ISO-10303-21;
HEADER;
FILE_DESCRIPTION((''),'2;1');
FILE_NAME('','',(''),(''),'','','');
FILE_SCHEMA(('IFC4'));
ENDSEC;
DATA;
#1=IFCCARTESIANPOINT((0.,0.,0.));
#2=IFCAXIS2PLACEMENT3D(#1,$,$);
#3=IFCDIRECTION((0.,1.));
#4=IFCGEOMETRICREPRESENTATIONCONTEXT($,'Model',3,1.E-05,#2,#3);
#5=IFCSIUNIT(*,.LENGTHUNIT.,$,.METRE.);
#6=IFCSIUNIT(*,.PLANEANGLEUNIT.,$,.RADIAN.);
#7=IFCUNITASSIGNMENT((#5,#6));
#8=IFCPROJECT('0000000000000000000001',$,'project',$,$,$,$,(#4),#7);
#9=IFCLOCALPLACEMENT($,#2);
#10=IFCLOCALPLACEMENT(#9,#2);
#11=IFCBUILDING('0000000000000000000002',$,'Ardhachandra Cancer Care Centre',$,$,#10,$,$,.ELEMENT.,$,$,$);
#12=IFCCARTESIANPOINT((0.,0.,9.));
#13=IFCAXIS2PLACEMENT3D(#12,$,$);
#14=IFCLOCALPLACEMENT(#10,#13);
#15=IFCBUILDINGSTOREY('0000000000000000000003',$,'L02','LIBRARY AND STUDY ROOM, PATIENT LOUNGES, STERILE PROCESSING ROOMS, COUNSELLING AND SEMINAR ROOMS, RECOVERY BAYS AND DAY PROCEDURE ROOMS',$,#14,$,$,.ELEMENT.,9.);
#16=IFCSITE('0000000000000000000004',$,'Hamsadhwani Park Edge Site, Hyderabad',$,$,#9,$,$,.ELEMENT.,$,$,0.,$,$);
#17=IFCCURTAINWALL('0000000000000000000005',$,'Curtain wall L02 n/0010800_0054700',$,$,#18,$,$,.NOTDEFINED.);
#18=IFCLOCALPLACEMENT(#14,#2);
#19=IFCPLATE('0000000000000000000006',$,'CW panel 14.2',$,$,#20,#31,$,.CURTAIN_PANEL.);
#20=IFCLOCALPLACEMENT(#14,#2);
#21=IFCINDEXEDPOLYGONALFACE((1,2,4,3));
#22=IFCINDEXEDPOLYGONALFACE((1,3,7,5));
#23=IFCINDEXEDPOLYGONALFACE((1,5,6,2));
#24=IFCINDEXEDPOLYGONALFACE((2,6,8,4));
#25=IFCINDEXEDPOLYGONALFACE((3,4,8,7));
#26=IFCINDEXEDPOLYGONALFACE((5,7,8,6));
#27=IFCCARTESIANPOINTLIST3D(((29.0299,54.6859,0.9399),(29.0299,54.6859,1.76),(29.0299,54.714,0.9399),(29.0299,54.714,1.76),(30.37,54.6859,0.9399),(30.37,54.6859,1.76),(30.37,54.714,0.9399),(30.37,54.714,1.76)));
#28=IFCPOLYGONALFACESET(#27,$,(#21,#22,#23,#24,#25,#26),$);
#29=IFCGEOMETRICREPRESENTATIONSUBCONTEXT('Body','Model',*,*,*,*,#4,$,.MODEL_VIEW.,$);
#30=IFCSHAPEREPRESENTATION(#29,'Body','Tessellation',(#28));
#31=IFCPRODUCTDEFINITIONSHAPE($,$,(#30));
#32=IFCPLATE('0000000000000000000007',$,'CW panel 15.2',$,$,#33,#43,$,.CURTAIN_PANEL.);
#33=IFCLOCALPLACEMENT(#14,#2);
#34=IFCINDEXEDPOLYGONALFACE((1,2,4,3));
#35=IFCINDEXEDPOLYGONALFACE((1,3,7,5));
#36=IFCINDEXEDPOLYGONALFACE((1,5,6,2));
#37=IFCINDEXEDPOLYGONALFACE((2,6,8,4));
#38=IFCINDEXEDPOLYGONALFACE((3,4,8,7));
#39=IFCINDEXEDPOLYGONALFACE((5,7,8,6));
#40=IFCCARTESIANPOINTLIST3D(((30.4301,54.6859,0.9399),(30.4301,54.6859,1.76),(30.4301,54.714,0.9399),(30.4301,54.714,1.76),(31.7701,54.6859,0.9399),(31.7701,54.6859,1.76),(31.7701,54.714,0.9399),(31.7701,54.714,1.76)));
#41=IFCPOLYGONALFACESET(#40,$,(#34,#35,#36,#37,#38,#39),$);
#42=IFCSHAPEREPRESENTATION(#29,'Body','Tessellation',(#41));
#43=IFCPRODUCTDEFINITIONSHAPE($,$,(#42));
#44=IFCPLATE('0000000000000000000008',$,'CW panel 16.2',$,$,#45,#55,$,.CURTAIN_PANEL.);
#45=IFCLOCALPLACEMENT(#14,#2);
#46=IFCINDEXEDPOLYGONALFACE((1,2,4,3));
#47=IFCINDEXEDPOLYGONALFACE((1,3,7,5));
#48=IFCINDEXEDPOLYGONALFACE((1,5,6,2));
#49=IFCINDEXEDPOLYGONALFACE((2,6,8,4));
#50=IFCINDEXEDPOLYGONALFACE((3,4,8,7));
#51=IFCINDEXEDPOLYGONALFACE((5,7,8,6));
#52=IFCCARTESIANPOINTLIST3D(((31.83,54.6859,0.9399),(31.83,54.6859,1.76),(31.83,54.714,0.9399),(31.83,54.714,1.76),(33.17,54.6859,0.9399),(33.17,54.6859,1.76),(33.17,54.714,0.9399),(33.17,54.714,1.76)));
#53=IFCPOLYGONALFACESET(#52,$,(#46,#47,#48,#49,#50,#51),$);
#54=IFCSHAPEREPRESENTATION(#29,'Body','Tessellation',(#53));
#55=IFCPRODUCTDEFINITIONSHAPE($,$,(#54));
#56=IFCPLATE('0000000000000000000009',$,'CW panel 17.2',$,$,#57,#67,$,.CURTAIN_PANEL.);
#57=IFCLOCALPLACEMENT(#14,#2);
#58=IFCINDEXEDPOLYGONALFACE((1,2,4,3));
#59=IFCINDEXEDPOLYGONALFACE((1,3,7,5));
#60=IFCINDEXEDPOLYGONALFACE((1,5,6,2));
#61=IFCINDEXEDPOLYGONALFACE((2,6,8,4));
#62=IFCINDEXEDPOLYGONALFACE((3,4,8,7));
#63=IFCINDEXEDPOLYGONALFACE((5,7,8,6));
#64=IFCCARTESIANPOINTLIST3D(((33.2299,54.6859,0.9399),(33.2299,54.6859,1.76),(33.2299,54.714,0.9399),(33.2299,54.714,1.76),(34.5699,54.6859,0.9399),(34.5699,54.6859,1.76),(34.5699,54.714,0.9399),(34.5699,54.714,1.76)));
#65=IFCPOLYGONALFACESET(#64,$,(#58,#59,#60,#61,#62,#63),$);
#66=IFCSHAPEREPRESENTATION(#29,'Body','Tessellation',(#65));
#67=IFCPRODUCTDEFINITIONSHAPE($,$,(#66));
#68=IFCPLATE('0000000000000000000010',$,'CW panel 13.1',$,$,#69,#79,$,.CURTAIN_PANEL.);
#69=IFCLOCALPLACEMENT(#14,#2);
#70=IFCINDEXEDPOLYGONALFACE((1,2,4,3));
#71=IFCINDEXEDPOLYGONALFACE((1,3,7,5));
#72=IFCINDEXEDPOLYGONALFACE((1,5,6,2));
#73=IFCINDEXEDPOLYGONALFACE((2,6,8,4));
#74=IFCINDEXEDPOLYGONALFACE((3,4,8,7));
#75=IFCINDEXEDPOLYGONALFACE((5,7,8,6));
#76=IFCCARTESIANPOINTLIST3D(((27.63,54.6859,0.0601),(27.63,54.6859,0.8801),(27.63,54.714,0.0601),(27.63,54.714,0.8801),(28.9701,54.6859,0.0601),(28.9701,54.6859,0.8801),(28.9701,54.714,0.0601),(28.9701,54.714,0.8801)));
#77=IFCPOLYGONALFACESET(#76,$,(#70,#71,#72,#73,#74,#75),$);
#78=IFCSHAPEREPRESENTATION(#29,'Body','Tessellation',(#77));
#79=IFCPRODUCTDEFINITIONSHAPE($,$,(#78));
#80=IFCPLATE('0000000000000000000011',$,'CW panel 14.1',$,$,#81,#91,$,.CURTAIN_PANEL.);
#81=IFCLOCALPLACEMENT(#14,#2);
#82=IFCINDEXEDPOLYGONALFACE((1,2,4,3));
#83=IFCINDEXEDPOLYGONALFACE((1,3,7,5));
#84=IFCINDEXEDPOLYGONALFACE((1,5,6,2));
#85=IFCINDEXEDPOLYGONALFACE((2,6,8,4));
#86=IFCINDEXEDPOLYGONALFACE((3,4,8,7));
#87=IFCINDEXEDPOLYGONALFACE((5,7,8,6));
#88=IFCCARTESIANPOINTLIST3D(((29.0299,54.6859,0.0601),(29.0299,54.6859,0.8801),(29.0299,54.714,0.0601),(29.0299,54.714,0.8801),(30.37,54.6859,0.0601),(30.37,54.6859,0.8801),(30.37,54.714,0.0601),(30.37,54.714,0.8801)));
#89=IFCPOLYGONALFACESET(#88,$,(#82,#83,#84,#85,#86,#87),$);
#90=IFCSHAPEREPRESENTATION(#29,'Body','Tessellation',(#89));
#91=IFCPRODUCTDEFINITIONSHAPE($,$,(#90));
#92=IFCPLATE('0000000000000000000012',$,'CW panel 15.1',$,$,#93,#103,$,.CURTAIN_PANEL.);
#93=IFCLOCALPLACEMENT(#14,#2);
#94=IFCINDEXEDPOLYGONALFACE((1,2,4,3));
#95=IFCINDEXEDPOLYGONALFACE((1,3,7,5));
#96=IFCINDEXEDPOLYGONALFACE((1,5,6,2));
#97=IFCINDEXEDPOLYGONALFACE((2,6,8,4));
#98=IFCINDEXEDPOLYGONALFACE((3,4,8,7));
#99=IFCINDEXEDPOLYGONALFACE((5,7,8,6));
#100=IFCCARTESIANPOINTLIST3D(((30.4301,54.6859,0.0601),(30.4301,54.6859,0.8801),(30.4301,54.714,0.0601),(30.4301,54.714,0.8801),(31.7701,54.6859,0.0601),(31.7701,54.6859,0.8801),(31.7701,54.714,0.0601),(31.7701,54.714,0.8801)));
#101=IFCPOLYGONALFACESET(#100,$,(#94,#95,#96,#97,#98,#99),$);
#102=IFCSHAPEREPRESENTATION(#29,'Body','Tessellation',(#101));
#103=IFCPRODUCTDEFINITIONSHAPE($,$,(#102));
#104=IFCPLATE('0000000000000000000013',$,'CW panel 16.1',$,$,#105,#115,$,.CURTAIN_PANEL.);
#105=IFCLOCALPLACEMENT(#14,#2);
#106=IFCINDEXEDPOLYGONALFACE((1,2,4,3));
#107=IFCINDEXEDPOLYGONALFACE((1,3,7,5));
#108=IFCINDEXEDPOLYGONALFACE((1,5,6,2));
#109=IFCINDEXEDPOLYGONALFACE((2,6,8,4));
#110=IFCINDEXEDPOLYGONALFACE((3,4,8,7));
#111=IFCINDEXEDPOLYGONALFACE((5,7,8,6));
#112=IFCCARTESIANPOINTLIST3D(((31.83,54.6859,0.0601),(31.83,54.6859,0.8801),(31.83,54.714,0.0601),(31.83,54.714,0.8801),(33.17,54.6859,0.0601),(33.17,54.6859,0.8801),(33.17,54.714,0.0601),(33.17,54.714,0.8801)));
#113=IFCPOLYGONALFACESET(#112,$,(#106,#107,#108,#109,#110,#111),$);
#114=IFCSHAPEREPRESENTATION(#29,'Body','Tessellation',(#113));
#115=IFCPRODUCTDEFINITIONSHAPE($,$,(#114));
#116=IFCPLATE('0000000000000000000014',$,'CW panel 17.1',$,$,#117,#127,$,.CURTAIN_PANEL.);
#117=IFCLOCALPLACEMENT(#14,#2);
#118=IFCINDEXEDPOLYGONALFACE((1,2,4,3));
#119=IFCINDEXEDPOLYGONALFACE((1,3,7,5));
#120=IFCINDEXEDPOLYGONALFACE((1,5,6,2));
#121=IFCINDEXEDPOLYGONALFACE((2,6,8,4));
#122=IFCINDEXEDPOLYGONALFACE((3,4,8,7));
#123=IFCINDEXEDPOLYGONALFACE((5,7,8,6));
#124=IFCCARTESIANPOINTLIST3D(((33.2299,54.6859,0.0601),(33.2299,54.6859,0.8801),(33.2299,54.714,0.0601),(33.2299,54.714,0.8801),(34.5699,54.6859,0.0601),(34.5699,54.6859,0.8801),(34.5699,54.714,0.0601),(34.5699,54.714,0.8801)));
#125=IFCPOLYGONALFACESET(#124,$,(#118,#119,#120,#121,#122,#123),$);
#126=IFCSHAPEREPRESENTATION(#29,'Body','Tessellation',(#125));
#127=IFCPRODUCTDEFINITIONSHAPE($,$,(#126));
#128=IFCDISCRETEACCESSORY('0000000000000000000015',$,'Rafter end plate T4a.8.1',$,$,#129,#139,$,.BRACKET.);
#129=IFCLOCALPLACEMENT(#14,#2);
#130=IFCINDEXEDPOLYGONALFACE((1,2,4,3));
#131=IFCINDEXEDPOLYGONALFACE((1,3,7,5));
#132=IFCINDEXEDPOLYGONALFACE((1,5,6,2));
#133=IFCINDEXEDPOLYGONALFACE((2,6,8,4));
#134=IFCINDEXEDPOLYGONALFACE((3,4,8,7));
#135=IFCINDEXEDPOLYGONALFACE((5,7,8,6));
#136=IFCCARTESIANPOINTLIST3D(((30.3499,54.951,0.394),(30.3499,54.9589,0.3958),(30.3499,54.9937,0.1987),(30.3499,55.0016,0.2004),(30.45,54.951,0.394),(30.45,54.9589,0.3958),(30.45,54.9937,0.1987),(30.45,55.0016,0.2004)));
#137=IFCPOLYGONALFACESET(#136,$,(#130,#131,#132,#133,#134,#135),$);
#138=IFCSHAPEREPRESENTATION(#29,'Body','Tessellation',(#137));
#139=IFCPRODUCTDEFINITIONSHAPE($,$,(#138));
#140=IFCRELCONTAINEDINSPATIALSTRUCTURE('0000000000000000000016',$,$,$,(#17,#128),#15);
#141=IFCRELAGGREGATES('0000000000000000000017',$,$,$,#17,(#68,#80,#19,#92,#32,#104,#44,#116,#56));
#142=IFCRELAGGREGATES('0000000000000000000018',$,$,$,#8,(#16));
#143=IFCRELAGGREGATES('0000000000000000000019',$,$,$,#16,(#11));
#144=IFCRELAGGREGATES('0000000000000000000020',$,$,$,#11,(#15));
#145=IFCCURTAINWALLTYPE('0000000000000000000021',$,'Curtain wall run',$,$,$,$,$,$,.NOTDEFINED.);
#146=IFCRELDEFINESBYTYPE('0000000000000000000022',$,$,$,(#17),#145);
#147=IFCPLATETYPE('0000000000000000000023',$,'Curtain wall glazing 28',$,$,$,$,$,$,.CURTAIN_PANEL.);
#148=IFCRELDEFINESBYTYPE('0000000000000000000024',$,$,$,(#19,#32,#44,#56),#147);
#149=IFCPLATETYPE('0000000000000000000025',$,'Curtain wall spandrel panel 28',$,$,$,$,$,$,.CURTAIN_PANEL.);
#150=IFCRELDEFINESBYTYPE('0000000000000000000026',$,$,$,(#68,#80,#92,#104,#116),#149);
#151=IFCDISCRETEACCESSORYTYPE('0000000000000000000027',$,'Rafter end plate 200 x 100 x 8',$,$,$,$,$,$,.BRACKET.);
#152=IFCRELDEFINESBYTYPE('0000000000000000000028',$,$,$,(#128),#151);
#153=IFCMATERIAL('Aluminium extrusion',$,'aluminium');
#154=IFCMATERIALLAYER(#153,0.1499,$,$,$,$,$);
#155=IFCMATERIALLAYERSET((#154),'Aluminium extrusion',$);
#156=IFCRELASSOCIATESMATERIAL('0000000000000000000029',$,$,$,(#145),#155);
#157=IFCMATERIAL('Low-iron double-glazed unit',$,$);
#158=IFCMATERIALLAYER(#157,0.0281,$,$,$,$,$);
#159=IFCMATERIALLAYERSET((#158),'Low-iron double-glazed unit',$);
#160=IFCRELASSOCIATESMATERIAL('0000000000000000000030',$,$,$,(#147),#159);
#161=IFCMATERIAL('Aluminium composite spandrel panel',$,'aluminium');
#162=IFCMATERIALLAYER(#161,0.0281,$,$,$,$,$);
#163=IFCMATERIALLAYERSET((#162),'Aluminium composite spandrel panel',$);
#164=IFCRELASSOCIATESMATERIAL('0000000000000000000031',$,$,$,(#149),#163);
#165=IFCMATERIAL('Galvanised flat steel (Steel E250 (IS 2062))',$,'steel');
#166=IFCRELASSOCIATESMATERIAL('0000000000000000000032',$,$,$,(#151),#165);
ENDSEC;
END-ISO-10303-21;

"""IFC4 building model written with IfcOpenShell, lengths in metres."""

from ifc_helpers import new_model, si_unit, direction, frame, origin, origin_2d, place, context, subcontext, project, spatial, rectangle, extrude, material, layer, layer_set, material_profile, profile_set, type_object, element, aggregate, save


model = new_model("IFC4")

# Units and contexts
model_context = context("Model", 3, precision=1e-05, world=origin(), true_north=direction((0.0, 1.0)))
body_context = subcontext(model_context, "Body", "Model", "MODEL_VIEW")
ifc_project = project(units=[si_unit("LENGTHUNIT", "METRE"), si_unit("PLANEANGLEUNIT", "RADIAN")], contexts=[model_context])

# Site, building, storey
site_placement = place(None, origin())
site = spatial("IfcSite", under=ifc_project, at=site_placement, Name="Hamsadhwani Park Edge Site, Hyderabad", CompositionType="ELEMENT", RefElevation=0.0)
building_placement = place(site_placement, origin())
building = spatial("IfcBuilding", under=site, at=building_placement, Name="Ardhachandra Cancer Care Centre", CompositionType="ELEMENT")
storey_placement = place(building_placement, frame((0.0, 0.0, 9.0)))
storey = spatial("IfcBuildingStorey", under=building, at=storey_placement, Name="L02", Description="LIBRARY AND STUDY ROOM, PATIENT LOUNGES, STERILE PROCESSING ROOMS, COUNSELLING AND SEMINAR ROOMS, RECOVERY BAYS AND DAY PROCEDURE ROOMS", CompositionType="ELEMENT", Elevation=9.0)

# Curtain wall
ifc_material_1 = material(Name="Aluminium extrusion", Category="aluminium")
ifc_layer_1 = layer(ifc_material_1, 0.1499)
ifc_layer_set_1 = layer_set([ifc_layer_1], Name="Aluminium extrusion")
curtain_wall_type = type_object("IfcCurtainWallType", Name="Curtain wall run", PredefinedType="NOTDEFINED", material=ifc_layer_set_1)
curtain_wall_placement = place(storey_placement, origin())
curtain_wall = element("IfcCurtainWall", 1, at=curtain_wall_placement, inside=storey, type_object=curtain_wall_type, Name="Curtain wall L02 n/0010800_0054700", PredefinedType="NOTDEFINED")

# Plates
ifc_material_2 = material(Name="Low-iron double-glazed unit")
ifc_layer_2 = layer(ifc_material_2, 0.0281)
ifc_layer_set_2 = layer_set([ifc_layer_2], Name="Low-iron double-glazed unit")
plate_type_1 = type_object("IfcPlateType", Name="Curtain wall glazing 28", PredefinedType="CURTAIN_PANEL", material=ifc_layer_set_2)
plate_1_placement = place(storey_placement, frame((29.7, 54.7, 0.9399), z_axis=(0.0, 0.0, 1.0), x_axis=(1.0, 0.0, 0.0)))
plate_1 = element("IfcPlate", 2, at=plate_1_placement, type_object=plate_type_1, Name="CW panel 14.2", PredefinedType="CURTAIN_PANEL", context=body_context, shape_type="SweptSolid", body=[
    extrude(rectangle(XDim=1.3401, YDim=0.0281, at=origin_2d()), origin(), (0.0, 0.0, 1.0), 0.8201),
])
plate_2_placement = place(storey_placement, frame((31.1001, 54.7, 0.9399), z_axis=(0.0, 0.0, 1.0), x_axis=(1.0, 0.0, 0.0)))
plate_2 = element("IfcPlate", 3, at=plate_2_placement, type_object=plate_type_1, Name="CW panel 15.2", PredefinedType="CURTAIN_PANEL", context=body_context, shape_type="SweptSolid", body=[
    extrude(rectangle(XDim=1.3401, YDim=0.0281, at=origin_2d()), origin(), (0.0, 0.0, 1.0), 0.8201),
])
plate_3_placement = place(storey_placement, frame((32.5, 54.7, 0.9399), z_axis=(0.0, 0.0, 1.0), x_axis=(1.0, 0.0, 0.0)))
plate_3 = element("IfcPlate", 4, at=plate_3_placement, type_object=plate_type_1, Name="CW panel 16.2", PredefinedType="CURTAIN_PANEL", context=body_context, shape_type="SweptSolid", body=[
    extrude(rectangle(XDim=1.3401, YDim=0.0281, at=origin_2d()), origin(), (0.0, 0.0, 1.0), 0.8201),
])
plate_4_placement = place(storey_placement, frame((33.8999, 54.7, 0.9399), z_axis=(0.0, 0.0, 1.0), x_axis=(1.0, 0.0, 0.0)))
plate_4 = element("IfcPlate", 5, at=plate_4_placement, type_object=plate_type_1, Name="CW panel 17.2", PredefinedType="CURTAIN_PANEL", context=body_context, shape_type="SweptSolid", body=[
    extrude(rectangle(XDim=1.3401, YDim=0.0281, at=origin_2d()), origin(), (0.0, 0.0, 1.0), 0.8201),
])
ifc_material_3 = material(Name="Aluminium composite spandrel panel", Category="aluminium")
ifc_layer_3 = layer(ifc_material_3, 0.0281)
ifc_layer_set_3 = layer_set([ifc_layer_3], Name="Aluminium composite spandrel panel")
plate_type_2 = type_object("IfcPlateType", Name="Curtain wall spandrel panel 28", PredefinedType="CURTAIN_PANEL", material=ifc_layer_set_3)
plate_5_placement = place(storey_placement, frame((28.3, 54.7, 0.0601), z_axis=(0.0, 0.0, 1.0), x_axis=(1.0, 0.0, 0.0)))
plate_5 = element("IfcPlate", 6, at=plate_5_placement, type_object=plate_type_2, Name="CW panel 13.1", PredefinedType="CURTAIN_PANEL", context=body_context, shape_type="SweptSolid", body=[
    extrude(rectangle(XDim=1.3401, YDim=0.0281, at=origin_2d()), origin(), (0.0, 0.0, 1.0), 0.8201),
])
plate_6_placement = place(storey_placement, frame((29.7, 54.7, 0.0601), z_axis=(0.0, 0.0, 1.0), x_axis=(1.0, 0.0, 0.0)))
plate_6 = element("IfcPlate", 7, at=plate_6_placement, type_object=plate_type_2, Name="CW panel 14.1", PredefinedType="CURTAIN_PANEL", context=body_context, shape_type="SweptSolid", body=[
    extrude(rectangle(XDim=1.3401, YDim=0.0281, at=origin_2d()), origin(), (0.0, 0.0, 1.0), 0.8201),
])
plate_7_placement = place(storey_placement, frame((31.1001, 54.7, 0.0601), z_axis=(0.0, 0.0, 1.0), x_axis=(1.0, 0.0, 0.0)))
plate_7 = element("IfcPlate", 8, at=plate_7_placement, type_object=plate_type_2, Name="CW panel 15.1", PredefinedType="CURTAIN_PANEL", context=body_context, shape_type="SweptSolid", body=[
    extrude(rectangle(XDim=1.3401, YDim=0.0281, at=origin_2d()), origin(), (0.0, 0.0, 1.0), 0.8201),
])
plate_8_placement = place(storey_placement, frame((32.5, 54.7, 0.0601), z_axis=(0.0, 0.0, 1.0), x_axis=(1.0, 0.0, 0.0)))
plate_8 = element("IfcPlate", 9, at=plate_8_placement, type_object=plate_type_2, Name="CW panel 16.1", PredefinedType="CURTAIN_PANEL", context=body_context, shape_type="SweptSolid", body=[
    extrude(rectangle(XDim=1.3401, YDim=0.0281, at=origin_2d()), origin(), (0.0, 0.0, 1.0), 0.8201),
])
plate_9_placement = place(storey_placement, frame((33.8999, 54.7, 0.0601), z_axis=(0.0, 0.0, 1.0), x_axis=(1.0, 0.0, 0.0)))
plate_9 = element("IfcPlate", 10, at=plate_9_placement, type_object=plate_type_2, Name="CW panel 17.1", PredefinedType="CURTAIN_PANEL", context=body_context, shape_type="SweptSolid", body=[
    extrude(rectangle(XDim=1.3401, YDim=0.0281, at=origin_2d()), origin(), (0.0, 0.0, 1.0), 0.8201),
])
aggregate(curtain_wall, [plate_5, plate_6, plate_1, plate_7, plate_2, plate_8, plate_3, plate_9, plate_4])

# Discrete accessory
ifc_material_4 = material(Name="Galvanised flat steel (Steel E250 (IS 2062))", Category="steel")
ifc_material_profile_1 = material_profile(ifc_material_4, rectangle(XDim=0.1001, YDim=0.2, at=origin_2d()), Name="Rafter end plate 200 x 100 x 8")
ifc_profile_set_1 = profile_set([ifc_material_profile_1], Name="Galvanised flat steel (Steel E250 (IS 2062))")
discrete_accessory_type = type_object("IfcDiscreteAccessoryType", Name="Rafter end plate 200 x 100 x 8", PredefinedType="BRACKET", material=ifc_profile_set_1)
discrete_accessory_placement = place(storey_placement, frame((30.3999, 54.9802, 0.2981), z_axis=(0.0, -0.9769, -0.213697), x_axis=(1.0, 0.0, 0.0)))
element("IfcDiscreteAccessory", 11, at=discrete_accessory_placement, inside=storey, type_object=discrete_accessory_type, Name="Rafter end plate T4a.8.1", PredefinedType="BRACKET", context=body_context, shape_type="SweptSolid", body=[
    extrude(rectangle(XDim=0.1001, YDim=0.2, at=origin_2d()), origin(), (0.0, 0.0, 1.0), 0.0081),
])

save(model, "model.ifc")
